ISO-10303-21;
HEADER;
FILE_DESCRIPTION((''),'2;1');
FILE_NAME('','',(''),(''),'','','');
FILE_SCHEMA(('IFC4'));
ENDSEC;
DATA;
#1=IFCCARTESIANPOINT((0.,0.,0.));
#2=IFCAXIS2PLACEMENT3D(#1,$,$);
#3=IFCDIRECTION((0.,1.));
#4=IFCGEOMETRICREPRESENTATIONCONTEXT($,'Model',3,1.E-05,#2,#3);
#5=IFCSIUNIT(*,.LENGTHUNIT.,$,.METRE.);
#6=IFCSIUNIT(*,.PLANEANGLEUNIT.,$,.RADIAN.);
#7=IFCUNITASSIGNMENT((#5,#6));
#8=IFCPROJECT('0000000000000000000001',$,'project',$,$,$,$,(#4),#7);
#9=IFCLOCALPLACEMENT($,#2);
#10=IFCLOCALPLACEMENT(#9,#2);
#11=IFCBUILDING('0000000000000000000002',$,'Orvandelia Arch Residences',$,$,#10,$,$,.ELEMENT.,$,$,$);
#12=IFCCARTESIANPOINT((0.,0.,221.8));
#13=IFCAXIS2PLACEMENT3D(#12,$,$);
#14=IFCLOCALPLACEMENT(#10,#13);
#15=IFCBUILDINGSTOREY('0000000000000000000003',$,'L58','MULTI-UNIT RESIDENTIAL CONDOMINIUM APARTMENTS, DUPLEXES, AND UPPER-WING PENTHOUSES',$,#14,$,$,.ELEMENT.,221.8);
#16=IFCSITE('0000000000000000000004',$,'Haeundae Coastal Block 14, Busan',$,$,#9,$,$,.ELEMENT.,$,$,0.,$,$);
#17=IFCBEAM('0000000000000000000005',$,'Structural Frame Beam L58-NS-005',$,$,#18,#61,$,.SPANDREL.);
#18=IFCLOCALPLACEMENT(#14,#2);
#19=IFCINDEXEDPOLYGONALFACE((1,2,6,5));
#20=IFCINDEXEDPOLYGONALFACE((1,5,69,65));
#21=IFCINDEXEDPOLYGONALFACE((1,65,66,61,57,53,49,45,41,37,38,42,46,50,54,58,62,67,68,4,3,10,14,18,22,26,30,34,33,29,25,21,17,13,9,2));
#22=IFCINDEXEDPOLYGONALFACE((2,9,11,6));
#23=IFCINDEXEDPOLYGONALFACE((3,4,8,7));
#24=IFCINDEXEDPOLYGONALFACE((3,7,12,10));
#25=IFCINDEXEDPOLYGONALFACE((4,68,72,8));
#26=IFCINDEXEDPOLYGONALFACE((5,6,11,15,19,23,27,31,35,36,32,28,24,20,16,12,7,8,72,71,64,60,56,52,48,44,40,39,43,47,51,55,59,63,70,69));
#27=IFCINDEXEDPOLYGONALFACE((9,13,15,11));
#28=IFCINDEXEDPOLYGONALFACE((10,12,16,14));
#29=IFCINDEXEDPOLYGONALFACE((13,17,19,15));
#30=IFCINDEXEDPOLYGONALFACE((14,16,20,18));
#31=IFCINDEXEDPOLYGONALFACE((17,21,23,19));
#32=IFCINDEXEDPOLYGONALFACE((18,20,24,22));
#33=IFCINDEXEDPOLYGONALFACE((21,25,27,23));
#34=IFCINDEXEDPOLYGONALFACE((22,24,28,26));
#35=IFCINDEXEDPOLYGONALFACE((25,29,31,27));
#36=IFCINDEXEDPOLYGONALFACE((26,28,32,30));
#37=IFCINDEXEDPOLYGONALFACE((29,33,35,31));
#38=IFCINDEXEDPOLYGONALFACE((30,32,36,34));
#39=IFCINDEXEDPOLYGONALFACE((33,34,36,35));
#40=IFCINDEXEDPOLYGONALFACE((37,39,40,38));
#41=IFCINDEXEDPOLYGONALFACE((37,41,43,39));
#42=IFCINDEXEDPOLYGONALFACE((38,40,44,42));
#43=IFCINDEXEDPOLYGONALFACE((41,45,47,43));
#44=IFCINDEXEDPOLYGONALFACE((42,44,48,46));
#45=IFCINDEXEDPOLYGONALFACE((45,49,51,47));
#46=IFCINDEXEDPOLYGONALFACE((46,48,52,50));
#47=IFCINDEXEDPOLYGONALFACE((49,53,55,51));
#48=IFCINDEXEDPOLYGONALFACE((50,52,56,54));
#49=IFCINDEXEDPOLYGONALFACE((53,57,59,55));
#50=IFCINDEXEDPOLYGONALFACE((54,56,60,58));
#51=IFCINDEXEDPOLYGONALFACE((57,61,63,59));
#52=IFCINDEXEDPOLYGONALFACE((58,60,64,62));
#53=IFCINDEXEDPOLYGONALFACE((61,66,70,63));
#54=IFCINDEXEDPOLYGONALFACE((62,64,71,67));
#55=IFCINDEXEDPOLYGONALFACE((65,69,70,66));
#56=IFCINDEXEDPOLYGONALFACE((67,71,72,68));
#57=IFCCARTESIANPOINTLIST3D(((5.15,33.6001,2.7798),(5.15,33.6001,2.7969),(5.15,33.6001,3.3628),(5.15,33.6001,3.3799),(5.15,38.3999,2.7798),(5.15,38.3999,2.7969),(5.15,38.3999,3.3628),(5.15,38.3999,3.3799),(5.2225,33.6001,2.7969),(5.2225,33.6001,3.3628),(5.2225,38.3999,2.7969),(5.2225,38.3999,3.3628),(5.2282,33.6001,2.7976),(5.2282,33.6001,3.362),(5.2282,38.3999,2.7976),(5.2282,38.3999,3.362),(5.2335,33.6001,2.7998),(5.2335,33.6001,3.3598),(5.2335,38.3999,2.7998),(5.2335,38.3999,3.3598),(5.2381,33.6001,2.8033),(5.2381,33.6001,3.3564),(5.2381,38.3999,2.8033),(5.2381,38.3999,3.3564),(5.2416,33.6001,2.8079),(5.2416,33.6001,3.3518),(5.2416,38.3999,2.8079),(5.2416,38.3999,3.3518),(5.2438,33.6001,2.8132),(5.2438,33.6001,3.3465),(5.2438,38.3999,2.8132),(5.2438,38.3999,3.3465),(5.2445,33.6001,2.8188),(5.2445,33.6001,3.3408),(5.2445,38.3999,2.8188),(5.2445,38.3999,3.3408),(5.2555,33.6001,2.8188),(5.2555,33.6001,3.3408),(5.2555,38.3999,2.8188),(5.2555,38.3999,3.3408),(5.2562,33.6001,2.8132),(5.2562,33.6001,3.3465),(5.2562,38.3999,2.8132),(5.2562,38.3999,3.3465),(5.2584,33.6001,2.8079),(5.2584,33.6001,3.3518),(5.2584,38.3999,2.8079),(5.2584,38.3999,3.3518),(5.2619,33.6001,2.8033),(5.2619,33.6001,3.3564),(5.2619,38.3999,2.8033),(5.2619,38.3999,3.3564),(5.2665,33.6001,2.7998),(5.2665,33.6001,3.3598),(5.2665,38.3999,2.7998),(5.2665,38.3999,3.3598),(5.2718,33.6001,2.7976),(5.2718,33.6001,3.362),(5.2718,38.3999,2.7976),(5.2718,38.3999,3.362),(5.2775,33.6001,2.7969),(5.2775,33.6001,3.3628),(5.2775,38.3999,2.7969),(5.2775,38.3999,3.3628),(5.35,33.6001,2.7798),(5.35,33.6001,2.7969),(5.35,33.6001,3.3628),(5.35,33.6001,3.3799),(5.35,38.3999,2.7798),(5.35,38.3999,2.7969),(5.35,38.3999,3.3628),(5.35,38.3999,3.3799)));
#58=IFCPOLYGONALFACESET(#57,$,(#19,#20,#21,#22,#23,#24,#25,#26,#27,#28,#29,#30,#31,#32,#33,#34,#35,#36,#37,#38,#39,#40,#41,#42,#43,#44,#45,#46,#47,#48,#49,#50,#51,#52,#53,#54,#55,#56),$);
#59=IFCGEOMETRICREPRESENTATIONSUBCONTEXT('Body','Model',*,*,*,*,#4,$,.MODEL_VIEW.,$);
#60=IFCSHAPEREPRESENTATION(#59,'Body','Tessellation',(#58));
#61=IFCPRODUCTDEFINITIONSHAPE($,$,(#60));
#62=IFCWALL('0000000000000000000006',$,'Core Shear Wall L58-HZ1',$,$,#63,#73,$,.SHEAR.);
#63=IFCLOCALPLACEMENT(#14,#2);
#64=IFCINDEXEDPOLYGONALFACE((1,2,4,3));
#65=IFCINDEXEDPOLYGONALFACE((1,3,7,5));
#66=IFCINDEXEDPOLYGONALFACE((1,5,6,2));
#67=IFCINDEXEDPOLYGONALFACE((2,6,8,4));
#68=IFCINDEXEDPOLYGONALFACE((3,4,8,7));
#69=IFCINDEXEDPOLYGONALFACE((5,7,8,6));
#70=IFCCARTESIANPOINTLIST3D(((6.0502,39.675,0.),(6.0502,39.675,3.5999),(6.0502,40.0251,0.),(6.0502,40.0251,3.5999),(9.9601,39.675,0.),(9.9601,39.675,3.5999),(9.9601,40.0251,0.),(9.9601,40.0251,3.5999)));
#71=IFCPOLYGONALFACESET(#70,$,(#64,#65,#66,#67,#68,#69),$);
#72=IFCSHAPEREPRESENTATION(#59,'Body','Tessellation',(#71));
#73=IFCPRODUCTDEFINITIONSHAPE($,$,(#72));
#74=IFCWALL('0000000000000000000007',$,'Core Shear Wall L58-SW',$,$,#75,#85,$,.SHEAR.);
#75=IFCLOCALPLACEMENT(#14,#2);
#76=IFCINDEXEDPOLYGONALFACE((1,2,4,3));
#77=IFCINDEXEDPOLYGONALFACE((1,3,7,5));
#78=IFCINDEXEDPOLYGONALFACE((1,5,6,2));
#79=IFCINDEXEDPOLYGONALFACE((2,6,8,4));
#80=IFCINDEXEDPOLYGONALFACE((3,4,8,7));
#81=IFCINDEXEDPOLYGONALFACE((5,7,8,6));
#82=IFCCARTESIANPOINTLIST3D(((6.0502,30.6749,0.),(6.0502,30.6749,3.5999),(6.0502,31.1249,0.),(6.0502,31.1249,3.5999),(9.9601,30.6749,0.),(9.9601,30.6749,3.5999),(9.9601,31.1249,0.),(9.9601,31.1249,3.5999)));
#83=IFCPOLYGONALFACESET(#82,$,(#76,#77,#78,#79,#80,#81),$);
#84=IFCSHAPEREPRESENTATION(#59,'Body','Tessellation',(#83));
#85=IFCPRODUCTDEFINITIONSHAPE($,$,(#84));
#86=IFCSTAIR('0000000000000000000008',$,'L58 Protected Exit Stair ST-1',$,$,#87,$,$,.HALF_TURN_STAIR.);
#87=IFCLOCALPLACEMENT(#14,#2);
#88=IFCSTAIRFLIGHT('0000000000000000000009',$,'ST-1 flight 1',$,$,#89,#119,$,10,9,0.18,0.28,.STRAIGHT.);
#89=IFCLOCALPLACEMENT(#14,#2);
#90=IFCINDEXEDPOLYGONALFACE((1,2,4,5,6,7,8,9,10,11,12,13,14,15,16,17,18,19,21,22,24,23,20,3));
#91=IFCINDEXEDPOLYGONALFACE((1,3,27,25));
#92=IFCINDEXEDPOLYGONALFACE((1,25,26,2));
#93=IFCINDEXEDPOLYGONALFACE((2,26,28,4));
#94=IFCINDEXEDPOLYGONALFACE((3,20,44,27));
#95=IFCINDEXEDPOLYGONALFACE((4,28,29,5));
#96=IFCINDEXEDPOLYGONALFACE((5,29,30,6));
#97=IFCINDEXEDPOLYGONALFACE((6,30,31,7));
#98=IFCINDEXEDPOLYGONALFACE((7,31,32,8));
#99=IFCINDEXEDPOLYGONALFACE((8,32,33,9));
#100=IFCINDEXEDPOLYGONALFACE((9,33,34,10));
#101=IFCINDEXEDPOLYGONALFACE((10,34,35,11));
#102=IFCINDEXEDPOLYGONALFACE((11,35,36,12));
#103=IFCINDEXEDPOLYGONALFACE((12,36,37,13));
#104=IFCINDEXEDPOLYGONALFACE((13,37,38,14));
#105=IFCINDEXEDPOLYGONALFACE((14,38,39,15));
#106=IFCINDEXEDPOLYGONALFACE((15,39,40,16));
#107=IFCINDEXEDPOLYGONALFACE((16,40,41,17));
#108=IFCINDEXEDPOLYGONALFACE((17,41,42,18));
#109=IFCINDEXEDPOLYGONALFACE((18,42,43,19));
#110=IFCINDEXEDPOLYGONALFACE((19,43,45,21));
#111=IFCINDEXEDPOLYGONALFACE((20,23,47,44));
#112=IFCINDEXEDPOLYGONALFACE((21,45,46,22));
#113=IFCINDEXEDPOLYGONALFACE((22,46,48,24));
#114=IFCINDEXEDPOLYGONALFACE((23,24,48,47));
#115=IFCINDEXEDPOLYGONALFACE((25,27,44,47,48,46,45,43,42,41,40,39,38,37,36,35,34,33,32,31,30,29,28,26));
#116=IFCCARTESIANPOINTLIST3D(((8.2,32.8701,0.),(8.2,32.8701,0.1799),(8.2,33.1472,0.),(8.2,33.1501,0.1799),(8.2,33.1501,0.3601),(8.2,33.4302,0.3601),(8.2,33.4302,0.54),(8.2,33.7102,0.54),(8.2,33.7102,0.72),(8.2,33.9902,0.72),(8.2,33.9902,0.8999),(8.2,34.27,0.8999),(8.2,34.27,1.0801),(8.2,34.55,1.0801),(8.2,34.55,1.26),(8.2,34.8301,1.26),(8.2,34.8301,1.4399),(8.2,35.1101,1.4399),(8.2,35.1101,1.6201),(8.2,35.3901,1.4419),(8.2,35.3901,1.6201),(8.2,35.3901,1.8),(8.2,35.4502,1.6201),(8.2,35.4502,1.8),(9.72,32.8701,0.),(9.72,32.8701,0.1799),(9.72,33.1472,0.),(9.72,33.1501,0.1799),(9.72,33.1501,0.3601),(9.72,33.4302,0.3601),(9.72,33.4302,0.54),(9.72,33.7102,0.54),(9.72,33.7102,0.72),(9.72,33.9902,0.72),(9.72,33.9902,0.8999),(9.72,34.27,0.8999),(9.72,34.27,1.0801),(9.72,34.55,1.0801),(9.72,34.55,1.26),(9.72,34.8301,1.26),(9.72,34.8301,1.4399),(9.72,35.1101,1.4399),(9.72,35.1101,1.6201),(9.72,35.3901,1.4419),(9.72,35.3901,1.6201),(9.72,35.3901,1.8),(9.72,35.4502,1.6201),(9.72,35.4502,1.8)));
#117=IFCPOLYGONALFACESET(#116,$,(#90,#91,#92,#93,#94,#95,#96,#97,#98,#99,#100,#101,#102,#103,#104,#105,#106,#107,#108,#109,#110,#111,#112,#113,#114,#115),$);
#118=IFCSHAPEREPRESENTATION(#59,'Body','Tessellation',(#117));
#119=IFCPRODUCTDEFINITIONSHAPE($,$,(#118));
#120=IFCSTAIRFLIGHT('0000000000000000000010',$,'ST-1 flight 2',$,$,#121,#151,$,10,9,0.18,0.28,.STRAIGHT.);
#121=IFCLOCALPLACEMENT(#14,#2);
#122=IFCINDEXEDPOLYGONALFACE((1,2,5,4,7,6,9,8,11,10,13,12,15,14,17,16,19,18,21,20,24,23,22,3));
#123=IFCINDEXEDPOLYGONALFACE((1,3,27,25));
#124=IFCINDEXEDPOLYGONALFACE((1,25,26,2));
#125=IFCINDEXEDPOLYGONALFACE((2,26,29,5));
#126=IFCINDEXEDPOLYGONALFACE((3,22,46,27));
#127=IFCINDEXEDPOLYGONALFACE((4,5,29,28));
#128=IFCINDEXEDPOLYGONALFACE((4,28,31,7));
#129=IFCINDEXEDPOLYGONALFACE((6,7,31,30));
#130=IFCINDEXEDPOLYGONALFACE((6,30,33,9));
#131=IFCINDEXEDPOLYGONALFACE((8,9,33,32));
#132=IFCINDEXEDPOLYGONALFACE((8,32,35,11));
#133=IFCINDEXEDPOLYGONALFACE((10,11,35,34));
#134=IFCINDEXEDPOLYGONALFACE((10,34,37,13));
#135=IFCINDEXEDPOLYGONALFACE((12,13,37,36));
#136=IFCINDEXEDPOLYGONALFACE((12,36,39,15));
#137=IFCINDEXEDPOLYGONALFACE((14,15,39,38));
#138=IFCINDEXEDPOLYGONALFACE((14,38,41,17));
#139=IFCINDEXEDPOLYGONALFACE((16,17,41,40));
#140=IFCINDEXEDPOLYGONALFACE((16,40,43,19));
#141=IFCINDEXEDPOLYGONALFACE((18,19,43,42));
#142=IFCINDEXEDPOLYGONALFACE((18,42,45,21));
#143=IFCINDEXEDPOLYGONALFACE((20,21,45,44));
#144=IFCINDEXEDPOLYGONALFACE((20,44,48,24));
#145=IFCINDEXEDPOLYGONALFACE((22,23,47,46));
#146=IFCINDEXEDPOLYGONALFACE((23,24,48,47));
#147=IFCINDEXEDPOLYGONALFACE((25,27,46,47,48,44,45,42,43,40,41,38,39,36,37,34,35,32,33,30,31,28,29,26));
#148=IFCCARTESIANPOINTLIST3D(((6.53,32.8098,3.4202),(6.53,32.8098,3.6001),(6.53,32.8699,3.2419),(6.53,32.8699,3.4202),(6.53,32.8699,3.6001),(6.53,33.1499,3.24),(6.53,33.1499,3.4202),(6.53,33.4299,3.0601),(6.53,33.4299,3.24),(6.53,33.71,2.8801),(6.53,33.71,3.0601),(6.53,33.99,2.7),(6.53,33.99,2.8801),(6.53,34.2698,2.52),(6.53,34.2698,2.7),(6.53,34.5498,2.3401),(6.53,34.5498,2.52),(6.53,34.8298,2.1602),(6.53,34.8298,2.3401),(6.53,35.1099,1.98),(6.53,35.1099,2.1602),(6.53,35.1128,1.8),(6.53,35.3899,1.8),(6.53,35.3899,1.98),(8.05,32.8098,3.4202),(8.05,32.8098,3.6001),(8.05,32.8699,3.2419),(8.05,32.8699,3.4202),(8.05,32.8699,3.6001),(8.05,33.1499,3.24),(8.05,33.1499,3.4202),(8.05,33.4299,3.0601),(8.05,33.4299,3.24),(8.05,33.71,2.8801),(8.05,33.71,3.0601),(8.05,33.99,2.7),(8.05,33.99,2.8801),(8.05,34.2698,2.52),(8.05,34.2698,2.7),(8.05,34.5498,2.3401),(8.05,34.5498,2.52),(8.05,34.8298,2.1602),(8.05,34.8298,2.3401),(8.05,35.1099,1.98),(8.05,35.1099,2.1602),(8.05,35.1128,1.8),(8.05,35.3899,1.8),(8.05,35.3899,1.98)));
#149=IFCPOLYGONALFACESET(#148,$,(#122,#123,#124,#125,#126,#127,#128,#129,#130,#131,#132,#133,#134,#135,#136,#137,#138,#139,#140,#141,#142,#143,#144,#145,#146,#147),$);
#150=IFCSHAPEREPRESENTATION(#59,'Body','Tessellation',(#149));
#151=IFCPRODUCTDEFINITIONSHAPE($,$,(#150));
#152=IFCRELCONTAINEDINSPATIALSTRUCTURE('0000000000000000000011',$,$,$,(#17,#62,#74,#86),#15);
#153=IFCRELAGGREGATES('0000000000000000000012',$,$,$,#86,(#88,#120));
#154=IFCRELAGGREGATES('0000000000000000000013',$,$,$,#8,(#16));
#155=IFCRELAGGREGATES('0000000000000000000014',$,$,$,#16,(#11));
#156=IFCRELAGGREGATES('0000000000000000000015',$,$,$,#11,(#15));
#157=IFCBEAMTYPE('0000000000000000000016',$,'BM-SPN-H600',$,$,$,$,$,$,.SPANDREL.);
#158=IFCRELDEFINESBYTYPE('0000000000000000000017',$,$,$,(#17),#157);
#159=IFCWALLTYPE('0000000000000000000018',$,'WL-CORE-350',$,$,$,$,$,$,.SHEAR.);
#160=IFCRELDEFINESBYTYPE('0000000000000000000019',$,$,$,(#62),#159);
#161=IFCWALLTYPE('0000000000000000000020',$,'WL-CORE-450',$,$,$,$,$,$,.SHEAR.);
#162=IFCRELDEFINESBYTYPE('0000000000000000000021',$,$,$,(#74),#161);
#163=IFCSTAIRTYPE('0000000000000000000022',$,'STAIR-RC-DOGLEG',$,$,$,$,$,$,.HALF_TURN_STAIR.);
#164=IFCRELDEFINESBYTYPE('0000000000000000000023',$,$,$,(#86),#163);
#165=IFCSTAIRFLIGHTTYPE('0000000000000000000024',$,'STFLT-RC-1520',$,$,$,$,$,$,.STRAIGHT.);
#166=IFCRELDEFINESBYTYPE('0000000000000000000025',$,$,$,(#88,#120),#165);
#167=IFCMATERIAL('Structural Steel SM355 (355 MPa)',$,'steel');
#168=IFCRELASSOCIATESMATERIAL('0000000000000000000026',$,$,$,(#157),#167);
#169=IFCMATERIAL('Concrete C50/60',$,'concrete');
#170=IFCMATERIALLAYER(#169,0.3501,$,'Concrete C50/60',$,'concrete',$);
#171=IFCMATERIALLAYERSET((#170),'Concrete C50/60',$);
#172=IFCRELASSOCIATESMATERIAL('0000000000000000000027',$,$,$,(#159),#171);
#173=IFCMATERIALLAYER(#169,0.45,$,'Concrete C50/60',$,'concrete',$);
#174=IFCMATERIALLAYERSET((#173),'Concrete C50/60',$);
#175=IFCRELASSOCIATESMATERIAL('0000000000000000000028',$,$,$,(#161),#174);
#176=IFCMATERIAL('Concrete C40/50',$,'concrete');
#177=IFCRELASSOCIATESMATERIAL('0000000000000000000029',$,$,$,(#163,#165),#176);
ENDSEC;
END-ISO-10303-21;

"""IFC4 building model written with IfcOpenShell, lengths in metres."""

from ifc_helpers import new_model, si_unit, direction, frame, frame_2d, origin, origin_2d, place, context, subcontext, project, spatial, polyline, rectangle, i_section, outline, extrude, material, layer, layer_set, material_profile, profile_set, type_object, element, aggregate, save


model = new_model("IFC4")

# Units and contexts
model_context = context("Model", 3, precision=1e-05, world=origin(), true_north=direction((0.0, 1.0)))
body_context = subcontext(model_context, "Body", "Model", "MODEL_VIEW")
ifc_project = project(units=[si_unit("LENGTHUNIT", "METRE"), si_unit("PLANEANGLEUNIT", "RADIAN")], contexts=[model_context])

# Site, building, storey
site_placement = place(None, origin())
site = spatial("IfcSite", under=ifc_project, at=site_placement, Name="Haeundae Coastal Block 14, Busan", CompositionType="ELEMENT", RefElevation=0.0)
building_placement = place(site_placement, origin())
building = spatial("IfcBuilding", under=site, at=building_placement, Name="Orvandelia Arch Residences", CompositionType="ELEMENT")
storey_placement = place(building_placement, frame((0.0, 0.0, 221.8)))
storey = spatial("IfcBuildingStorey", under=building, at=storey_placement, Name="L58", Description="MULTI-UNIT RESIDENTIAL CONDOMINIUM APARTMENTS, DUPLEXES, AND UPPER-WING PENTHOUSES", CompositionType="ELEMENT", Elevation=221.8)

# Beam
ifc_material_1 = material(Name="Structural Steel SM355 (355 MPa)", Category="steel")
ifc_material_profile_1 = material_profile(ifc_material_1, i_section(OverallWidth=0.2, OverallDepth=0.6001, WebThickness=0.011, FlangeThickness=0.0171, FilletRadius=0.022, at=origin_2d()), Name="Structural Steel SM355 (355 MPa)", Category="steel")
ifc_profile_set_1 = profile_set([ifc_material_profile_1], Name="Structural Steel SM355 (355 MPa)")
beam_type_1 = type_object("IfcBeamType", Name="BM-SPN-H600", PredefinedType="SPANDREL", material=ifc_profile_set_1)
beam_1_placement = place(storey_placement, frame((5.25, 33.6001, 3.0798), z_axis=(0.0, 1.0, 0.0), x_axis=(-1.0, 0.0, 0.0)))
element("IfcBeam", 1, at=beam_1_placement, inside=storey, type_object=beam_type_1, Name="Structural Frame Beam L58-NS-005", PredefinedType="SPANDREL", context=body_context, shape_type="SweptSolid", body=[
    extrude(i_section(OverallWidth=0.2, OverallDepth=0.6001, WebThickness=0.011, FlangeThickness=0.0171, FilletRadius=0.022, at=origin_2d()), origin(), (0.0, 0.0, 1.0), 4.7998),
])

# Walls
ifc_material_2 = material(Name="Concrete C50/60", Category="concrete")
ifc_layer_1 = layer(ifc_material_2, 0.3501, Name="Concrete C50/60", Category="concrete")
ifc_layer_set_1 = layer_set([ifc_layer_1], Name="Concrete C50/60")
wall_type_1 = type_object("IfcWallType", Name="WL-CORE-350", PredefinedType="SHEAR", material=ifc_layer_set_1)
wall_1_placement = place(storey_placement, frame((6.05, 39.8501, 0.0), z_axis=(0.0, 0.0, 1.0), x_axis=(1.0, 0.0, 0.0)))
element("IfcWall", 2, at=wall_1_placement, inside=storey, type_object=wall_type_1, Name="Core Shear Wall L58-HZ1", PredefinedType="SHEAR", context=body_context, shape_type="SweptSolid", body=[
    extrude(rectangle(XDim=3.9099, YDim=0.3501, at=frame_2d((1.9551, 0.0))), origin(), (0.0, 0.0, 1.0), 3.5999),
])
ifc_layer_2 = layer(ifc_material_2, 0.45, Name="Concrete C50/60", Category="concrete")
ifc_layer_set_2 = layer_set([ifc_layer_2], Name="Concrete C50/60")
wall_type_2 = type_object("IfcWallType", Name="WL-CORE-450", PredefinedType="SHEAR", material=ifc_layer_set_2)
wall_2_placement = place(storey_placement, frame((6.05, 30.8999, 0.0), z_axis=(0.0, 0.0, 1.0), x_axis=(1.0, 0.0, 0.0)))
element("IfcWall", 3, at=wall_2_placement, inside=storey, type_object=wall_type_2, Name="Core Shear Wall L58-SW", PredefinedType="SHEAR", context=body_context, shape_type="SweptSolid", body=[
    extrude(rectangle(XDim=3.9099, YDim=0.45, at=frame_2d((1.9551, 0.0))), origin(), (0.0, 0.0, 1.0), 3.5999),
])

# Stair, stair flights
ifc_material_3 = material(Name="Concrete C40/50", Category="concrete")
stair_type = type_object("IfcStairType", Name="STAIR-RC-DOGLEG", PredefinedType="HALF_TURN_STAIR", material=ifc_material_3)
stair_placement = place(storey_placement, origin())
stair = element("IfcStair", 4, at=stair_placement, inside=storey, type_object=stair_type, Name="L58 Protected Exit Stair ST-1", PredefinedType="HALF_TURN_STAIR")
stair_flight_type = type_object("IfcStairFlightType", Name="STFLT-RC-1520", PredefinedType="STRAIGHT", material=ifc_material_3)
stair_flight_1_placement = place(storey_placement, frame((8.96, 32.8701, 0.0), z_axis=(0.0, 0.0, 1.0), x_axis=(0.0, 1.0, 0.0)))
stair_flight_1 = element("IfcStairFlight", 5, at=stair_flight_1_placement, type_object=stair_flight_type, Name="ST-1 flight 1", NumberOfRisers=10, NumberOfTreads=9, PredefinedType="STRAIGHT", RiserHeight=0.18, TreadLength=0.28, context=body_context, shape_type="SweptSolid", body=[
    extrude(outline(polyline([(0.0, 0.0), (0.0, 0.1799), (0.28, 0.1799), (0.28, 0.3601), (0.5601, 0.3601), (0.5601, 0.54), (0.8401, 0.54), (0.8401, 0.72), (1.1201, 0.72), (1.1201, 0.8999), (1.3999, 0.8999), (1.3999, 1.0801), (1.6799, 1.0801), (1.6799, 1.26), (1.96, 1.26), (1.96, 1.4399), (2.24, 1.4399), (2.24, 1.6201), (2.52, 1.6201), (2.52, 1.8), (2.5801, 1.8), (2.5801, 1.6201), (2.52, 1.4419), (0.2771, 0.0), (0.0, 0.0)])), frame((0.0, 0.76, 0.0), z_axis=(0.0, -1.0, 0.0), x_axis=(1.0, 0.0, 0.0)), (0.0, 0.0, 1.0), 1.52),
])
stair_flight_2_placement = place(storey_placement, frame((7.29, 35.3899, 1.8), z_axis=(0.0, 0.0, 1.0), x_axis=(0.0, -1.0, 0.0)))
stair_flight_2 = element("IfcStairFlight", 6, at=stair_flight_2_placement, type_object=stair_flight_type, Name="ST-1 flight 2", NumberOfRisers=10, NumberOfTreads=9, PredefinedType="STRAIGHT", RiserHeight=0.18, TreadLength=0.28, context=body_context, shape_type="SweptSolid", body=[
    extrude(outline(polyline([(0.0, 0.0), (0.0, 0.1799), (0.28, 0.1799), (0.28, 0.3601), (0.5601, 0.3601), (0.5601, 0.54), (0.8401, 0.54), (0.8401, 0.72), (1.1201, 0.72), (1.1201, 0.8999), (1.3999, 0.8999), (1.3999, 1.0801), (1.6799, 1.0801), (1.6799, 1.26), (1.96, 1.26), (1.96, 1.4399), (2.24, 1.4399), (2.24, 1.6201), (2.52, 1.6201), (2.52, 1.8), (2.5801, 1.8), (2.5801, 1.6201), (2.52, 1.4419), (0.2771, 0.0), (0.0, 0.0)])), frame((0.0, 0.76, 0.0), z_axis=(0.0, -1.0, 0.0), x_axis=(1.0, 0.0, 0.0)), (0.0, 0.0, 1.0), 1.52),
])
aggregate(stair, [stair_flight_1, stair_flight_2])

save(model, "model.ifc")
